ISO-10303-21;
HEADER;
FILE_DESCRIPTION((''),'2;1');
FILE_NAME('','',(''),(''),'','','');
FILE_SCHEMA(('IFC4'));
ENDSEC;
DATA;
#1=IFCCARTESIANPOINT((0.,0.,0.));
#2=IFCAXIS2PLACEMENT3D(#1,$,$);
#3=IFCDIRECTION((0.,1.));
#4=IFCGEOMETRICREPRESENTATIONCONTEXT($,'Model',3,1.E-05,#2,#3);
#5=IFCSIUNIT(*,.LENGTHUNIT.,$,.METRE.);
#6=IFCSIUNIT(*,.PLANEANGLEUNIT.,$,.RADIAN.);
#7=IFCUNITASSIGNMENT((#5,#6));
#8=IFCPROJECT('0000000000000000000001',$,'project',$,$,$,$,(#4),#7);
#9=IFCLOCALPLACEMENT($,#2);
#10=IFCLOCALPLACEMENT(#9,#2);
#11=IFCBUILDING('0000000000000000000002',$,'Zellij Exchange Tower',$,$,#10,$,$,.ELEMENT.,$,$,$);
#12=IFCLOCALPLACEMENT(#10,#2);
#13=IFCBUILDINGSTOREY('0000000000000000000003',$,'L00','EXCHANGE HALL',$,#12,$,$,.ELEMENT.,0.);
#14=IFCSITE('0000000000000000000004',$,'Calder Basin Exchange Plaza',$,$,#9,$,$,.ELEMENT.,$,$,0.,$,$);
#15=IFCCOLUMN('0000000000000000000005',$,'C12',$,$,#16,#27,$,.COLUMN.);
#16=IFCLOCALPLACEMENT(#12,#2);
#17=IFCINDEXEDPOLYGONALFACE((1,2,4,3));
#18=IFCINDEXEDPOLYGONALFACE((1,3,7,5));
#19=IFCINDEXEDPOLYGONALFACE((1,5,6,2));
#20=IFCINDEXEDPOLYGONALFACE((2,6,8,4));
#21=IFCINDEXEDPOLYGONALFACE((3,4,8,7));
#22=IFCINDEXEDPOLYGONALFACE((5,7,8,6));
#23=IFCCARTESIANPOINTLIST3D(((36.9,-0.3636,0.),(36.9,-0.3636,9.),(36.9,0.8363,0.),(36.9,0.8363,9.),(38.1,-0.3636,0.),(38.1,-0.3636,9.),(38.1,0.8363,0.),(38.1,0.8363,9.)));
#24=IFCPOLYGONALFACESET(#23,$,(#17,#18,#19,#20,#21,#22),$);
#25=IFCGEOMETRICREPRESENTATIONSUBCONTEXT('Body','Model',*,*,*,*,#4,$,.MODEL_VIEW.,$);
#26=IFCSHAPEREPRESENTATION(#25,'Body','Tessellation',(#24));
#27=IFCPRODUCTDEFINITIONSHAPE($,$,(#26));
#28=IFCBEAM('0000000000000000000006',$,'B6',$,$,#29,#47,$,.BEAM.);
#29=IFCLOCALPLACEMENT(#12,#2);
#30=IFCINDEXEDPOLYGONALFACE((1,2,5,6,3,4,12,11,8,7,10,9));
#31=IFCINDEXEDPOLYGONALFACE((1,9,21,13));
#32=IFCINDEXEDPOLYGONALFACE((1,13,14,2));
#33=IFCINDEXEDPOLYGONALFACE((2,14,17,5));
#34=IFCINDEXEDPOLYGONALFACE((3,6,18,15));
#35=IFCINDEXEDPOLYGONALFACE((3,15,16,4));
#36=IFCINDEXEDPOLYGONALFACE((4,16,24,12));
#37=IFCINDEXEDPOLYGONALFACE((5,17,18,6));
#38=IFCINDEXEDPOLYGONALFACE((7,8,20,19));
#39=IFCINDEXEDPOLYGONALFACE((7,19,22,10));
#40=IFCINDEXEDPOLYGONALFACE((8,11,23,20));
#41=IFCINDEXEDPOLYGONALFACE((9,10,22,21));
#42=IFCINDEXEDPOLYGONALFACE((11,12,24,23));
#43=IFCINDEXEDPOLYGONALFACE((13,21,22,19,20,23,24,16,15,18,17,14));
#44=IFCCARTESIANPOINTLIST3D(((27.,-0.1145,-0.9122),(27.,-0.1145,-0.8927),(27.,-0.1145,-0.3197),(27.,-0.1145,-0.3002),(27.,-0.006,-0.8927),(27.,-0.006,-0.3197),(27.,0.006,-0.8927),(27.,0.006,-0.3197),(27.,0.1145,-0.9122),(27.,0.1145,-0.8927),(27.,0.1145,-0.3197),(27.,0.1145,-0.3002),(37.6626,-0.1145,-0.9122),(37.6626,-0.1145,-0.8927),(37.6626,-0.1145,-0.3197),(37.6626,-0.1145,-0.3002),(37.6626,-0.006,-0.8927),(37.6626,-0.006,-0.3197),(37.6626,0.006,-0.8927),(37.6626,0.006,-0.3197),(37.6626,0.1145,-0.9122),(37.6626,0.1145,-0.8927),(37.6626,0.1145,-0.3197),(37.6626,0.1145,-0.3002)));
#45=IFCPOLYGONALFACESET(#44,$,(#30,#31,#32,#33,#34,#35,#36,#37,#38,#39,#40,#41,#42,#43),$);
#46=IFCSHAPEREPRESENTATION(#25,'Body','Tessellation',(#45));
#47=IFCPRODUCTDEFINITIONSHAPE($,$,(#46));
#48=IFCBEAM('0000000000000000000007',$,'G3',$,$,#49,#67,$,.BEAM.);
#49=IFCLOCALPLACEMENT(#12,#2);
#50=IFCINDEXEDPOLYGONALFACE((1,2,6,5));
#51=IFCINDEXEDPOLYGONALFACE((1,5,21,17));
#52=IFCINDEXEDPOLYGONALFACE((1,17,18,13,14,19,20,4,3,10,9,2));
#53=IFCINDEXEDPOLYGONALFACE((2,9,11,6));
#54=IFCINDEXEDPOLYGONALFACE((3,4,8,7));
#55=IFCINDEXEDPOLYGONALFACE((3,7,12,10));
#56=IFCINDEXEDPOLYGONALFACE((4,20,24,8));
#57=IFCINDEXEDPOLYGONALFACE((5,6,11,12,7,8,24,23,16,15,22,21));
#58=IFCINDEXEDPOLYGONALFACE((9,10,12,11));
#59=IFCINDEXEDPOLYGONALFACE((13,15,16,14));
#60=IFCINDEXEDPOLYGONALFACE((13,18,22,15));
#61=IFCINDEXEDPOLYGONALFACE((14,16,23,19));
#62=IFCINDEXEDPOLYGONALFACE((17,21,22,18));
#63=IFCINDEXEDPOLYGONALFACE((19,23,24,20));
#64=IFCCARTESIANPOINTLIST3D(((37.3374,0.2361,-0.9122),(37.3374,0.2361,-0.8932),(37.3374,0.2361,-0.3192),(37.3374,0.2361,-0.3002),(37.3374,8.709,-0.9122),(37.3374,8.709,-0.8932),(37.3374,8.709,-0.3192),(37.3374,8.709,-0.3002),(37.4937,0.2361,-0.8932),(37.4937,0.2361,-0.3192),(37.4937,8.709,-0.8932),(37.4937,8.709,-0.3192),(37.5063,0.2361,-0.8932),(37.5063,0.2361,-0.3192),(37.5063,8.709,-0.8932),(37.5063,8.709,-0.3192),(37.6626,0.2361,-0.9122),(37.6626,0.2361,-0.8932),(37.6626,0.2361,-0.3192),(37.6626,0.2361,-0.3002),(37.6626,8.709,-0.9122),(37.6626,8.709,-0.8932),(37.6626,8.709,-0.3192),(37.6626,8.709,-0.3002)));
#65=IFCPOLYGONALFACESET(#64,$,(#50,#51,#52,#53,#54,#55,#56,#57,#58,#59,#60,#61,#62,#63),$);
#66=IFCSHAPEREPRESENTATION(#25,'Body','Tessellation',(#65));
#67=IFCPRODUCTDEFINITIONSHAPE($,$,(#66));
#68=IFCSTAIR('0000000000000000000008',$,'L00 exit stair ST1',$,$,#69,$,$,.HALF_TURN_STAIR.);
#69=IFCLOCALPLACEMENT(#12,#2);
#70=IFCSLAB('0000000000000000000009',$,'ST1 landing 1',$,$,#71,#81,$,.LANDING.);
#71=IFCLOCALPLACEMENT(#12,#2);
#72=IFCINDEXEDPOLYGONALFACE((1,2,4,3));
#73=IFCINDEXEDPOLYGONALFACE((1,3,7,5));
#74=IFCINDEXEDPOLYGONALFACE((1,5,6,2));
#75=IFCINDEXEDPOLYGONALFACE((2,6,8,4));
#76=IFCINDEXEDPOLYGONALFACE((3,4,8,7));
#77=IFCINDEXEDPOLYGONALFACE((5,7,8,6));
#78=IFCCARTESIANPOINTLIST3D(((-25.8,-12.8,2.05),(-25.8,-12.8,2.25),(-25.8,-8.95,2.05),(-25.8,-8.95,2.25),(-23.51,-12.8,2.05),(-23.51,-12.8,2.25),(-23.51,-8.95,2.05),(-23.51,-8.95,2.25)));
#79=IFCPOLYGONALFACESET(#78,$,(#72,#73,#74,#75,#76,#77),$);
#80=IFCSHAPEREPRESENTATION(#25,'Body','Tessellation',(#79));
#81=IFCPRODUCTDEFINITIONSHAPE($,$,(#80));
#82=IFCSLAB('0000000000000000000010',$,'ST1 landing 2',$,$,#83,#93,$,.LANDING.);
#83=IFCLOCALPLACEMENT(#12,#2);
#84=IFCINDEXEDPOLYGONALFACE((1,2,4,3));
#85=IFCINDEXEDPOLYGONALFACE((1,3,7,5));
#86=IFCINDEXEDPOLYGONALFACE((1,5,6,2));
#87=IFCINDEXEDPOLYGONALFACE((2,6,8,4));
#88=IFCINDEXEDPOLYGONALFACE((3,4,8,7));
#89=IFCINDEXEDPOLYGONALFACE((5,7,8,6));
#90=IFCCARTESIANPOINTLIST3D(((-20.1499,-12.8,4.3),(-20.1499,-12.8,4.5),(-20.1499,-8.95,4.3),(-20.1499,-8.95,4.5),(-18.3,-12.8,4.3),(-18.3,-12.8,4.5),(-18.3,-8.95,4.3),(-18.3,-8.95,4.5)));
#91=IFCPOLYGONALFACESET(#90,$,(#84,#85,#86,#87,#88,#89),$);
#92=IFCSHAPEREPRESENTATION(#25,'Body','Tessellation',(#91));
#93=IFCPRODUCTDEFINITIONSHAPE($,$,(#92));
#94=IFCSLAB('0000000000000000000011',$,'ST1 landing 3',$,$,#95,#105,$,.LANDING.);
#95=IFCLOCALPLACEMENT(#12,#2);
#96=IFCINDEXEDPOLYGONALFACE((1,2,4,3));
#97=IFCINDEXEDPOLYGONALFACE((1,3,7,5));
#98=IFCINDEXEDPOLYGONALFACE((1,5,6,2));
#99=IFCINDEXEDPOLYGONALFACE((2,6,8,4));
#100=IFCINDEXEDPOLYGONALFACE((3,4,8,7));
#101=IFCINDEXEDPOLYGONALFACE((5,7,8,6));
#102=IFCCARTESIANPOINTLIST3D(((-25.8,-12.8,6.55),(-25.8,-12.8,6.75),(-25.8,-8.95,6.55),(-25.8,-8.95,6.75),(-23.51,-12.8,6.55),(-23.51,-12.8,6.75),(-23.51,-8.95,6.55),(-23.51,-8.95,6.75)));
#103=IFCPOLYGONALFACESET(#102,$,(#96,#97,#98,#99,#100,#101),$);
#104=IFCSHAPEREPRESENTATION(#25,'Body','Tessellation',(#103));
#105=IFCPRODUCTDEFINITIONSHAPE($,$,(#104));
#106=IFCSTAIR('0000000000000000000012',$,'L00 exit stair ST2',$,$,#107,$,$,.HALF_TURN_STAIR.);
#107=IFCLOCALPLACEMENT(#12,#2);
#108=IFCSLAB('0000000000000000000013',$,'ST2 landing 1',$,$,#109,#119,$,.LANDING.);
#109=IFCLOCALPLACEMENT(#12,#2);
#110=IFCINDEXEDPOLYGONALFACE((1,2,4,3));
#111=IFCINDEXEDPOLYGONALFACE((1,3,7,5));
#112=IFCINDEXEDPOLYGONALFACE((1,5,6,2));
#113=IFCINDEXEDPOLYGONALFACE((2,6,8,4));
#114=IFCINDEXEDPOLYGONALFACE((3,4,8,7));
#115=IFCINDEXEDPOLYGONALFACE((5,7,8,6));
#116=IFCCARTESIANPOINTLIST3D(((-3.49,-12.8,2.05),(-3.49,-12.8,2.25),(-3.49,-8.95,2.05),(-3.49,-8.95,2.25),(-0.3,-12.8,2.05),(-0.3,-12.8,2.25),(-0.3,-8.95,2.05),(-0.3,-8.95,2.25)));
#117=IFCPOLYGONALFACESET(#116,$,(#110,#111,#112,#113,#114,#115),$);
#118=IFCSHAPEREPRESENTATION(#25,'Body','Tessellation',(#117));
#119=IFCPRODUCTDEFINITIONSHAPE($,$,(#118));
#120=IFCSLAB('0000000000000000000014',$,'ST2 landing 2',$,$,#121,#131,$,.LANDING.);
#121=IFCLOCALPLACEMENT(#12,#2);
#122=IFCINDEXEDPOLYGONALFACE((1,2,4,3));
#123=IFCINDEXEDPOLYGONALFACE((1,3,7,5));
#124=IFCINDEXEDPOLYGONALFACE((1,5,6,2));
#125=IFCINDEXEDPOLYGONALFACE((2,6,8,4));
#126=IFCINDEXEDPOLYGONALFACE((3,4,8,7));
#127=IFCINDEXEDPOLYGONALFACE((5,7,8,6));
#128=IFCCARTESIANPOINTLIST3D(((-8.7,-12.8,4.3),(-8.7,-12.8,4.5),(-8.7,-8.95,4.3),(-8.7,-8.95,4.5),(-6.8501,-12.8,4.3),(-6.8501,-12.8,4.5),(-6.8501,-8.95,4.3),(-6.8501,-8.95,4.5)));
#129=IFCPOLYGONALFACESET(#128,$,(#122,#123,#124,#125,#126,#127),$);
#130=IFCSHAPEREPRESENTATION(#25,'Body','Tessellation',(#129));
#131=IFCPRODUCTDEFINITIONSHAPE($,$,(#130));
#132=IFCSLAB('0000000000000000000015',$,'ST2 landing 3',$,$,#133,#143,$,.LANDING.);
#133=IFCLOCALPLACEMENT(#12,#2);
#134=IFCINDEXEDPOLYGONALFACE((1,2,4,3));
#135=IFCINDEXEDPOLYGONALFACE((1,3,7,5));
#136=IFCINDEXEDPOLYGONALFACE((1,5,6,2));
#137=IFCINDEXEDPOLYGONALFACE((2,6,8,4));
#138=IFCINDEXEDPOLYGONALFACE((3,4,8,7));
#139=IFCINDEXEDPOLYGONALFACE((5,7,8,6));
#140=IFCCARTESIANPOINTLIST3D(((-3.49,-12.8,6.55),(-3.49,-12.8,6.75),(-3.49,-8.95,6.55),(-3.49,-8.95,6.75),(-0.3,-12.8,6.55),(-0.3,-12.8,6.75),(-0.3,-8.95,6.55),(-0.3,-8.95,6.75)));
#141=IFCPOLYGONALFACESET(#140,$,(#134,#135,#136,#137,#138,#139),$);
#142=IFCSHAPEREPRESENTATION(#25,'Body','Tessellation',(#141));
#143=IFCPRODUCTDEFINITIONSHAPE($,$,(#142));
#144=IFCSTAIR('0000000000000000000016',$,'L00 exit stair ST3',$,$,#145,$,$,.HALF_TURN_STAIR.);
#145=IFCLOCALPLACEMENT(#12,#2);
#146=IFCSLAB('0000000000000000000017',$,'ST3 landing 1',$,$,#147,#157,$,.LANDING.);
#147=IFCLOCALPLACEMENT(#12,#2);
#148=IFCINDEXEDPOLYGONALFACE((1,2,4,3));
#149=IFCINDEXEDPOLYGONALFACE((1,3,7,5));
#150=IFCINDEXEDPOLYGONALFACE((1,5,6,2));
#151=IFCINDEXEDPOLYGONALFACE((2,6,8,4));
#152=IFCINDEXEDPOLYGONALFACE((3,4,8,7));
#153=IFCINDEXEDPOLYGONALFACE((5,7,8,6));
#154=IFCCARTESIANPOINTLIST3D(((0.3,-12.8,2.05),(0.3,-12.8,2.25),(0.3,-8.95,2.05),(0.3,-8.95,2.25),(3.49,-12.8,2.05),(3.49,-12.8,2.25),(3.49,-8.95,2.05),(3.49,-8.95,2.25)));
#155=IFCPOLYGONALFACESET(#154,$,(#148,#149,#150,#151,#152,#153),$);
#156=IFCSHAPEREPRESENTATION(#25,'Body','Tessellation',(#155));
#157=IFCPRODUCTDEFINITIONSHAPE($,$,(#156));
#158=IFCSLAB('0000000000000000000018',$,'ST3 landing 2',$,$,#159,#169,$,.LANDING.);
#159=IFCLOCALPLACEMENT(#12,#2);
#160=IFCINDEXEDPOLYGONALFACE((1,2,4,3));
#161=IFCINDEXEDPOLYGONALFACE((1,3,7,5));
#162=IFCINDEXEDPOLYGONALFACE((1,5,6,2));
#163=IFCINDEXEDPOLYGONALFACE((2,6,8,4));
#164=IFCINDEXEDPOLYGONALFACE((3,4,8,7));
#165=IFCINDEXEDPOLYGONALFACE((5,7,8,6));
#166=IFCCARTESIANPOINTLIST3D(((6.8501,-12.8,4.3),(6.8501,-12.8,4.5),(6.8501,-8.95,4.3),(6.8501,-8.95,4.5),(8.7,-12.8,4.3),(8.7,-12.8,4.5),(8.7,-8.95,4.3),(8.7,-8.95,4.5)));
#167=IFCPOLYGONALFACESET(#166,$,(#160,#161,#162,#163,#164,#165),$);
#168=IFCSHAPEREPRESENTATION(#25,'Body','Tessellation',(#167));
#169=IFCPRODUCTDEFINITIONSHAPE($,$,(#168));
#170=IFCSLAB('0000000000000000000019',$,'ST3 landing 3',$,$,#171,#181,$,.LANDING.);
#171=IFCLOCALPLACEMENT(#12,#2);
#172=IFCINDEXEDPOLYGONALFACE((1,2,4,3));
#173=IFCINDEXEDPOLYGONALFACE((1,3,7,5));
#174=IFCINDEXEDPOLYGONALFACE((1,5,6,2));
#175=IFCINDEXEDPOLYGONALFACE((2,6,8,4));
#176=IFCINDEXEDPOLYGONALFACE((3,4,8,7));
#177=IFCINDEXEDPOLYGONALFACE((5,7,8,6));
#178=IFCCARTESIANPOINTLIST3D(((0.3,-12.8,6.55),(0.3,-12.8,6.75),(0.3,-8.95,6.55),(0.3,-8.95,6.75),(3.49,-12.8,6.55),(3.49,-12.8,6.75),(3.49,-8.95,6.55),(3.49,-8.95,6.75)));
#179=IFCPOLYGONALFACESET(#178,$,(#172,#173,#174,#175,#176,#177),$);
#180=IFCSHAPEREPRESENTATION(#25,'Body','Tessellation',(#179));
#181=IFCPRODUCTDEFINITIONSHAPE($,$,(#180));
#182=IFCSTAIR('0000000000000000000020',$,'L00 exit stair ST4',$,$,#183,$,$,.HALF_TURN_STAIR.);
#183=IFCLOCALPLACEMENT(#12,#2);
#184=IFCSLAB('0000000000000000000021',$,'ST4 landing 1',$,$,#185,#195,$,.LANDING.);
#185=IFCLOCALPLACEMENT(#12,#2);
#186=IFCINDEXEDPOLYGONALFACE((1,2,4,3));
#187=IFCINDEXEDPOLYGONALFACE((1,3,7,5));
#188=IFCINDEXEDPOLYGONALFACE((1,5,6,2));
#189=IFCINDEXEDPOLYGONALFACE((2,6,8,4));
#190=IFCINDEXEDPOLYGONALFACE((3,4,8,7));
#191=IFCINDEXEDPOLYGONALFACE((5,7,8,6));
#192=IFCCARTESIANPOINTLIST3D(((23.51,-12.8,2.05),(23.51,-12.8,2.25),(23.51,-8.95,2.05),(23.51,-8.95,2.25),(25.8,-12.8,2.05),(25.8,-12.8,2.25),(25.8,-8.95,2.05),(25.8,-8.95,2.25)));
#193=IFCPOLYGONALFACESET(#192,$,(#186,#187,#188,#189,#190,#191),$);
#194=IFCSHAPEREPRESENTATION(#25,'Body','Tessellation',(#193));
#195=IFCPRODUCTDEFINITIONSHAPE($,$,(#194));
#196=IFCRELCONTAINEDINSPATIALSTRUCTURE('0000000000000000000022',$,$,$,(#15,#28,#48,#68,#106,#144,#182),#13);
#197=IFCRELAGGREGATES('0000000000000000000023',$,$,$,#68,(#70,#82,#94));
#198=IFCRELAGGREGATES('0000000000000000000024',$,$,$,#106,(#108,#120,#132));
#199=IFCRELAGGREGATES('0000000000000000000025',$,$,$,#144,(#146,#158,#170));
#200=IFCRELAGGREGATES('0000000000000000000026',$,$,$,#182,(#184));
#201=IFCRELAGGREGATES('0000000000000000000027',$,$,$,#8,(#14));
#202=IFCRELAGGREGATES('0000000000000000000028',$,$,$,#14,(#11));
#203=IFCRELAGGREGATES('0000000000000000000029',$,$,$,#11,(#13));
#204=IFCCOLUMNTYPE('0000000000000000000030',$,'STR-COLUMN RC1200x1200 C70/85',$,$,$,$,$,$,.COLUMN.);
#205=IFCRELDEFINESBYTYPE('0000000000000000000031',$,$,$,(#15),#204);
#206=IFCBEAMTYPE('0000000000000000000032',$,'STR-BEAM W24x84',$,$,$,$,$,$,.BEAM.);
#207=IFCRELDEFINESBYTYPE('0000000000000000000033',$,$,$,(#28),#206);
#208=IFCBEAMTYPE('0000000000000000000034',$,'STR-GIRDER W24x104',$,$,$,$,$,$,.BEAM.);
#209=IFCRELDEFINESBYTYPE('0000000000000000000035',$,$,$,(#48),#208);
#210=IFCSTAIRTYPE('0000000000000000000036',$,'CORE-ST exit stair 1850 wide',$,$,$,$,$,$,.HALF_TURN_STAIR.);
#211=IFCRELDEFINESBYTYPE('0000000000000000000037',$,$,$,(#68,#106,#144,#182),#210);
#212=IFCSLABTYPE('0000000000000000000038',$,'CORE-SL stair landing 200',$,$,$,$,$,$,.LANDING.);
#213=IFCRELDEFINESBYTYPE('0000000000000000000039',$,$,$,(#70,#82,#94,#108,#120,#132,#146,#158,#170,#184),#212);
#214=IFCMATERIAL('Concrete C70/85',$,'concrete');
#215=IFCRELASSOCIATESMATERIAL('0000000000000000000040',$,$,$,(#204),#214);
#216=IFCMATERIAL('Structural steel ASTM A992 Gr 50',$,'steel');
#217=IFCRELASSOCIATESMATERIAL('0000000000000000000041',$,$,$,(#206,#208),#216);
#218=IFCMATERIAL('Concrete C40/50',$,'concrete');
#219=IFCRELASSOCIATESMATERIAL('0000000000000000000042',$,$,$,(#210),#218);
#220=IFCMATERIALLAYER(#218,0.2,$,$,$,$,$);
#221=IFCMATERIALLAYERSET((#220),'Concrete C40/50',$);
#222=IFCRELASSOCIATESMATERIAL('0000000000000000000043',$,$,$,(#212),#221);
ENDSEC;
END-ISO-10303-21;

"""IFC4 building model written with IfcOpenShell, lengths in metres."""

from ifc_helpers import new_model, si_unit, direction, frame, origin, origin_2d, place, context, subcontext, project, spatial, polyline, rectangle, i_section, outline, extrude, material, layer, layer_set, material_profile, profile_set, type_object, element, aggregate, save


model = new_model("IFC4")

# Units and contexts
model_context = context("Model", 3, precision=1e-05, world=origin(), true_north=direction((0.0, 1.0)))
body_context = subcontext(model_context, "Body", "Model", "MODEL_VIEW")
ifc_project = project(units=[si_unit("LENGTHUNIT", "METRE"), si_unit("PLANEANGLEUNIT", "RADIAN")], contexts=[model_context])

# Site, building, storey
site_placement = place(None, origin())
site = spatial("IfcSite", under=ifc_project, at=site_placement, Name="Calder Basin Exchange Plaza", CompositionType="ELEMENT", RefElevation=0.0)
building_placement = place(site_placement, origin())
building = spatial("IfcBuilding", under=site, at=building_placement, Name="Zellij Exchange Tower", CompositionType="ELEMENT")
storey_placement = place(building_placement, origin())
storey = spatial("IfcBuildingStorey", under=building, at=storey_placement, Name="L00", Description="EXCHANGE HALL", CompositionType="ELEMENT", Elevation=0.0)

# Column
ifc_material_1 = material(Name="Concrete C70/85", Category="concrete")
ifc_material_profile_1 = material_profile(ifc_material_1, rectangle(XDim=1.2, YDim=1.2, at=origin_2d()), Name="STR-COLUMN RC1200x1200 C70/85")
ifc_profile_set_1 = profile_set([ifc_material_profile_1], Name="Concrete C70/85")
column_type = type_object("IfcColumnType", Name="STR-COLUMN RC1200x1200 C70/85", PredefinedType="COLUMN", material=ifc_profile_set_1)
column_placement = place(storey_placement, frame((37.5, 0.2363, 0.0), z_axis=(0.0, 0.0, 1.0), x_axis=(1.0, 0.0, 0.0)))
element("IfcColumn", 1, at=column_placement, inside=storey, type_object=column_type, Name="C12", PredefinedType="COLUMN", context=body_context, shape_type="SweptSolid", body=[
    extrude(rectangle(XDim=1.2, YDim=1.2, at=origin_2d()), origin(), (0.0, 0.0, 1.0), 9.0),
])

# Beams
ifc_material_2 = material(Name="Structural steel ASTM A992 Gr 50", Category="steel")
ifc_material_profile_2 = material_profile(ifc_material_2, i_section(OverallWidth=0.229, OverallDepth=0.6121, WebThickness=0.012, FlangeThickness=0.0195, at=origin_2d()), Name="W24x84")
ifc_profile_set_2 = profile_set([ifc_material_profile_2], Name="Structural steel ASTM A992 Gr 50")
beam_type_1 = type_object("IfcBeamType", Name="STR-BEAM W24x84", PredefinedType="BEAM", material=ifc_profile_set_2)
beam_1_placement = place(storey_placement, frame((27.0, 0.0, -0.6062), z_axis=(1.0, 0.0, 0.0), x_axis=(0.0, 1.0, 0.0)))
element("IfcBeam", 2, at=beam_1_placement, inside=storey, type_object=beam_type_1, Name="B6", PredefinedType="BEAM", context=body_context, shape_type="SweptSolid", body=[
    extrude(i_section(OverallWidth=0.229, OverallDepth=0.6121, WebThickness=0.012, FlangeThickness=0.0195, at=origin_2d()), origin(), (0.0, 0.0, 1.0), 10.6626),
])
ifc_material_profile_3 = material_profile(ifc_material_2, i_section(OverallWidth=0.3252, OverallDepth=0.6121, WebThickness=0.0127, FlangeThickness=0.019, at=origin_2d()), Name="W24x104")
ifc_profile_set_3 = profile_set([ifc_material_profile_3], Name="Structural steel ASTM A992 Gr 50")
beam_type_2 = type_object("IfcBeamType", Name="STR-GIRDER W24x104", PredefinedType="BEAM", material=ifc_profile_set_3)
beam_2_placement = place(storey_placement, frame((37.5, 0.2361, -0.6062), z_axis=(0.0, 1.0, 0.0), x_axis=(-1.0, 0.0, 0.0)))
element("IfcBeam", 3, at=beam_2_placement, inside=storey, type_object=beam_type_2, Name="G3", PredefinedType="BEAM", context=body_context, shape_type="SweptSolid", body=[
    extrude(i_section(OverallWidth=0.3252, OverallDepth=0.6121, WebThickness=0.0127, FlangeThickness=0.019, at=origin_2d()), origin(), (0.0, 0.0, 1.0), 8.4729),
])

# Stairs, slabs
ifc_material_3 = material(Name="Concrete C40/50", Category="concrete")
stair_type = type_object("IfcStairType", Name="CORE-ST exit stair 1850 wide", PredefinedType="HALF_TURN_STAIR", material=ifc_material_3)
stair_1_placement = place(storey_placement, origin())
stair_1 = element("IfcStair", 4, at=stair_1_placement, inside=storey, type_object=stair_type, Name="L00 exit stair ST1", PredefinedType="HALF_TURN_STAIR")
ifc_layer_1 = layer(ifc_material_3, 0.2)
ifc_layer_set_1 = layer_set([ifc_layer_1], Name="Concrete C40/50")
slab_type_1 = type_object("IfcSlabType", Name="CORE-SL stair landing 200", PredefinedType="LANDING", material=ifc_layer_set_1)
slab_1_placement = place(storey_placement, frame((0.0, 0.0, 2.05)))
slab_1 = element("IfcSlab", 5, at=slab_1_placement, type_object=slab_type_1, Name="ST1 landing 1", PredefinedType="LANDING", context=body_context, shape_type="SweptSolid", body=[
    extrude(outline(polyline([(-23.51, -8.95), (-25.8, -8.95), (-25.8, -12.8), (-23.51, -12.8), (-23.51, -8.95)])), origin(), (0.0, 0.0, 1.0), 0.2),
])
slab_2_placement = place(storey_placement, frame((0.0, 0.0, 4.3)))
slab_2 = element("IfcSlab", 6, at=slab_2_placement, type_object=slab_type_1, Name="ST1 landing 2", PredefinedType="LANDING", context=body_context, shape_type="SweptSolid", body=[
    extrude(outline(polyline([(-18.3, -8.95), (-20.1499, -8.95), (-20.1499, -12.8), (-18.3, -12.8), (-18.3, -8.95)])), origin(), (0.0, 0.0, 1.0), 0.2),
])
slab_3_placement = place(storey_placement, frame((0.0, 0.0, 6.55)))
slab_3 = element("IfcSlab", 7, at=slab_3_placement, type_object=slab_type_1, Name="ST1 landing 3", PredefinedType="LANDING", context=body_context, shape_type="SweptSolid", body=[
    extrude(outline(polyline([(-23.51, -8.95), (-25.8, -8.95), (-25.8, -12.8), (-23.51, -12.8), (-23.51, -8.95)])), origin(), (0.0, 0.0, 1.0), 0.2),
])
aggregate(stair_1, [slab_1, slab_2, slab_3])
stair_2_placement = place(storey_placement, origin())
stair_2 = element("IfcStair", 8, at=stair_2_placement, inside=storey, type_object=stair_type, Name="L00 exit stair ST2", PredefinedType="HALF_TURN_STAIR")
slab_4_placement = place(storey_placement, frame((0.0, 0.0, 2.05)))
slab_4 = element("IfcSlab", 9, at=slab_4_placement, type_object=slab_type_1, Name="ST2 landing 1", PredefinedType="LANDING", context=body_context, shape_type="SweptSolid", body=[
    extrude(outline(polyline([(-3.49, -12.8), (-0.3, -12.8), (-0.3, -8.95), (-3.49, -8.95), (-3.49, -12.8)])), origin(), (0.0, 0.0, 1.0), 0.2),
])
slab_5_placement = place(storey_placement, frame((0.0, 0.0, 4.3)))
slab_5 = element("IfcSlab", 10, at=slab_5_placement, type_object=slab_type_1, Name="ST2 landing 2", PredefinedType="LANDING", context=body_context, shape_type="SweptSolid", body=[
    extrude(outline(polyline([(-8.7, -12.8), (-6.8501, -12.8), (-6.8501, -8.95), (-8.7, -8.95), (-8.7, -12.8)])), origin(), (0.0, 0.0, 1.0), 0.2),
])
slab_6_placement = place(storey_placement, frame((0.0, 0.0, 6.55)))
slab_6 = element("IfcSlab", 11, at=slab_6_placement, type_object=slab_type_1, Name="ST2 landing 3", PredefinedType="LANDING", context=body_context, shape_type="SweptSolid", body=[
    extrude(outline(polyline([(-3.49, -12.8), (-0.3, -12.8), (-0.3, -8.95), (-3.49, -8.95), (-3.49, -12.8)])), origin(), (0.0, 0.0, 1.0), 0.2),
])
aggregate(stair_2, [slab_4, slab_5, slab_6])
stair_3_placement = place(storey_placement, origin())
stair_3 = element("IfcStair", 12, at=stair_3_placement, inside=storey, type_object=stair_type, Name="L00 exit stair ST3", PredefinedType="HALF_TURN_STAIR")
slab_7_placement = place(storey_placement, frame((0.0, 0.0, 2.05)))
slab_7 = element("IfcSlab", 13, at=slab_7_placement, type_object=slab_type_1, Name="ST3 landing 1", PredefinedType="LANDING", context=body_context, shape_type="SweptSolid", body=[
    extrude(outline(polyline([(3.49, -8.95), (0.3, -8.95), (0.3, -12.8), (3.49, -12.8), (3.49, -8.95)])), origin(), (0.0, 0.0, 1.0), 0.2),
])
slab_8_placement = place(storey_placement, frame((0.0, 0.0, 4.3)))
slab_8 = element("IfcSlab", 14, at=slab_8_placement, type_object=slab_type_1, Name="ST3 landing 2", PredefinedType="LANDING", context=body_context, shape_type="SweptSolid", body=[
    extrude(outline(polyline([(8.7, -8.95), (6.8501, -8.95), (6.8501, -12.8), (8.7, -12.8), (8.7, -8.95)])), origin(), (0.0, 0.0, 1.0), 0.2),
])
slab_9_placement = place(storey_placement, frame((0.0, 0.0, 6.55)))
slab_9 = element("IfcSlab", 15, at=slab_9_placement, type_object=slab_type_1, Name="ST3 landing 3", PredefinedType="LANDING", context=body_context, shape_type="SweptSolid", body=[
    extrude(outline(polyline([(3.49, -8.95), (0.3, -8.95), (0.3, -12.8), (3.49, -12.8), (3.49, -8.95)])), origin(), (0.0, 0.0, 1.0), 0.2),
])
aggregate(stair_3, [slab_7, slab_8, slab_9])
stair_4_placement = place(storey_placement, origin())
stair_4 = element("IfcStair", 16, at=stair_4_placement, inside=storey, type_object=stair_type, Name="L00 exit stair ST4", PredefinedType="HALF_TURN_STAIR")
slab_10_placement = place(storey_placement, frame((0.0, 0.0, 2.05)))
slab_10 = element("IfcSlab", 17, at=slab_10_placement, type_object=slab_type_1, Name="ST4 landing 1", PredefinedType="LANDING", context=body_context, shape_type="SweptSolid", body=[
    extrude(outline(polyline([(23.51, -12.8), (25.8, -12.8), (25.8, -8.95), (23.51, -8.95), (23.51, -12.8)])), origin(), (0.0, 0.0, 1.0), 0.2),
])
aggregate(stair_4, [slab_10])

save(model, "model.ifc")
